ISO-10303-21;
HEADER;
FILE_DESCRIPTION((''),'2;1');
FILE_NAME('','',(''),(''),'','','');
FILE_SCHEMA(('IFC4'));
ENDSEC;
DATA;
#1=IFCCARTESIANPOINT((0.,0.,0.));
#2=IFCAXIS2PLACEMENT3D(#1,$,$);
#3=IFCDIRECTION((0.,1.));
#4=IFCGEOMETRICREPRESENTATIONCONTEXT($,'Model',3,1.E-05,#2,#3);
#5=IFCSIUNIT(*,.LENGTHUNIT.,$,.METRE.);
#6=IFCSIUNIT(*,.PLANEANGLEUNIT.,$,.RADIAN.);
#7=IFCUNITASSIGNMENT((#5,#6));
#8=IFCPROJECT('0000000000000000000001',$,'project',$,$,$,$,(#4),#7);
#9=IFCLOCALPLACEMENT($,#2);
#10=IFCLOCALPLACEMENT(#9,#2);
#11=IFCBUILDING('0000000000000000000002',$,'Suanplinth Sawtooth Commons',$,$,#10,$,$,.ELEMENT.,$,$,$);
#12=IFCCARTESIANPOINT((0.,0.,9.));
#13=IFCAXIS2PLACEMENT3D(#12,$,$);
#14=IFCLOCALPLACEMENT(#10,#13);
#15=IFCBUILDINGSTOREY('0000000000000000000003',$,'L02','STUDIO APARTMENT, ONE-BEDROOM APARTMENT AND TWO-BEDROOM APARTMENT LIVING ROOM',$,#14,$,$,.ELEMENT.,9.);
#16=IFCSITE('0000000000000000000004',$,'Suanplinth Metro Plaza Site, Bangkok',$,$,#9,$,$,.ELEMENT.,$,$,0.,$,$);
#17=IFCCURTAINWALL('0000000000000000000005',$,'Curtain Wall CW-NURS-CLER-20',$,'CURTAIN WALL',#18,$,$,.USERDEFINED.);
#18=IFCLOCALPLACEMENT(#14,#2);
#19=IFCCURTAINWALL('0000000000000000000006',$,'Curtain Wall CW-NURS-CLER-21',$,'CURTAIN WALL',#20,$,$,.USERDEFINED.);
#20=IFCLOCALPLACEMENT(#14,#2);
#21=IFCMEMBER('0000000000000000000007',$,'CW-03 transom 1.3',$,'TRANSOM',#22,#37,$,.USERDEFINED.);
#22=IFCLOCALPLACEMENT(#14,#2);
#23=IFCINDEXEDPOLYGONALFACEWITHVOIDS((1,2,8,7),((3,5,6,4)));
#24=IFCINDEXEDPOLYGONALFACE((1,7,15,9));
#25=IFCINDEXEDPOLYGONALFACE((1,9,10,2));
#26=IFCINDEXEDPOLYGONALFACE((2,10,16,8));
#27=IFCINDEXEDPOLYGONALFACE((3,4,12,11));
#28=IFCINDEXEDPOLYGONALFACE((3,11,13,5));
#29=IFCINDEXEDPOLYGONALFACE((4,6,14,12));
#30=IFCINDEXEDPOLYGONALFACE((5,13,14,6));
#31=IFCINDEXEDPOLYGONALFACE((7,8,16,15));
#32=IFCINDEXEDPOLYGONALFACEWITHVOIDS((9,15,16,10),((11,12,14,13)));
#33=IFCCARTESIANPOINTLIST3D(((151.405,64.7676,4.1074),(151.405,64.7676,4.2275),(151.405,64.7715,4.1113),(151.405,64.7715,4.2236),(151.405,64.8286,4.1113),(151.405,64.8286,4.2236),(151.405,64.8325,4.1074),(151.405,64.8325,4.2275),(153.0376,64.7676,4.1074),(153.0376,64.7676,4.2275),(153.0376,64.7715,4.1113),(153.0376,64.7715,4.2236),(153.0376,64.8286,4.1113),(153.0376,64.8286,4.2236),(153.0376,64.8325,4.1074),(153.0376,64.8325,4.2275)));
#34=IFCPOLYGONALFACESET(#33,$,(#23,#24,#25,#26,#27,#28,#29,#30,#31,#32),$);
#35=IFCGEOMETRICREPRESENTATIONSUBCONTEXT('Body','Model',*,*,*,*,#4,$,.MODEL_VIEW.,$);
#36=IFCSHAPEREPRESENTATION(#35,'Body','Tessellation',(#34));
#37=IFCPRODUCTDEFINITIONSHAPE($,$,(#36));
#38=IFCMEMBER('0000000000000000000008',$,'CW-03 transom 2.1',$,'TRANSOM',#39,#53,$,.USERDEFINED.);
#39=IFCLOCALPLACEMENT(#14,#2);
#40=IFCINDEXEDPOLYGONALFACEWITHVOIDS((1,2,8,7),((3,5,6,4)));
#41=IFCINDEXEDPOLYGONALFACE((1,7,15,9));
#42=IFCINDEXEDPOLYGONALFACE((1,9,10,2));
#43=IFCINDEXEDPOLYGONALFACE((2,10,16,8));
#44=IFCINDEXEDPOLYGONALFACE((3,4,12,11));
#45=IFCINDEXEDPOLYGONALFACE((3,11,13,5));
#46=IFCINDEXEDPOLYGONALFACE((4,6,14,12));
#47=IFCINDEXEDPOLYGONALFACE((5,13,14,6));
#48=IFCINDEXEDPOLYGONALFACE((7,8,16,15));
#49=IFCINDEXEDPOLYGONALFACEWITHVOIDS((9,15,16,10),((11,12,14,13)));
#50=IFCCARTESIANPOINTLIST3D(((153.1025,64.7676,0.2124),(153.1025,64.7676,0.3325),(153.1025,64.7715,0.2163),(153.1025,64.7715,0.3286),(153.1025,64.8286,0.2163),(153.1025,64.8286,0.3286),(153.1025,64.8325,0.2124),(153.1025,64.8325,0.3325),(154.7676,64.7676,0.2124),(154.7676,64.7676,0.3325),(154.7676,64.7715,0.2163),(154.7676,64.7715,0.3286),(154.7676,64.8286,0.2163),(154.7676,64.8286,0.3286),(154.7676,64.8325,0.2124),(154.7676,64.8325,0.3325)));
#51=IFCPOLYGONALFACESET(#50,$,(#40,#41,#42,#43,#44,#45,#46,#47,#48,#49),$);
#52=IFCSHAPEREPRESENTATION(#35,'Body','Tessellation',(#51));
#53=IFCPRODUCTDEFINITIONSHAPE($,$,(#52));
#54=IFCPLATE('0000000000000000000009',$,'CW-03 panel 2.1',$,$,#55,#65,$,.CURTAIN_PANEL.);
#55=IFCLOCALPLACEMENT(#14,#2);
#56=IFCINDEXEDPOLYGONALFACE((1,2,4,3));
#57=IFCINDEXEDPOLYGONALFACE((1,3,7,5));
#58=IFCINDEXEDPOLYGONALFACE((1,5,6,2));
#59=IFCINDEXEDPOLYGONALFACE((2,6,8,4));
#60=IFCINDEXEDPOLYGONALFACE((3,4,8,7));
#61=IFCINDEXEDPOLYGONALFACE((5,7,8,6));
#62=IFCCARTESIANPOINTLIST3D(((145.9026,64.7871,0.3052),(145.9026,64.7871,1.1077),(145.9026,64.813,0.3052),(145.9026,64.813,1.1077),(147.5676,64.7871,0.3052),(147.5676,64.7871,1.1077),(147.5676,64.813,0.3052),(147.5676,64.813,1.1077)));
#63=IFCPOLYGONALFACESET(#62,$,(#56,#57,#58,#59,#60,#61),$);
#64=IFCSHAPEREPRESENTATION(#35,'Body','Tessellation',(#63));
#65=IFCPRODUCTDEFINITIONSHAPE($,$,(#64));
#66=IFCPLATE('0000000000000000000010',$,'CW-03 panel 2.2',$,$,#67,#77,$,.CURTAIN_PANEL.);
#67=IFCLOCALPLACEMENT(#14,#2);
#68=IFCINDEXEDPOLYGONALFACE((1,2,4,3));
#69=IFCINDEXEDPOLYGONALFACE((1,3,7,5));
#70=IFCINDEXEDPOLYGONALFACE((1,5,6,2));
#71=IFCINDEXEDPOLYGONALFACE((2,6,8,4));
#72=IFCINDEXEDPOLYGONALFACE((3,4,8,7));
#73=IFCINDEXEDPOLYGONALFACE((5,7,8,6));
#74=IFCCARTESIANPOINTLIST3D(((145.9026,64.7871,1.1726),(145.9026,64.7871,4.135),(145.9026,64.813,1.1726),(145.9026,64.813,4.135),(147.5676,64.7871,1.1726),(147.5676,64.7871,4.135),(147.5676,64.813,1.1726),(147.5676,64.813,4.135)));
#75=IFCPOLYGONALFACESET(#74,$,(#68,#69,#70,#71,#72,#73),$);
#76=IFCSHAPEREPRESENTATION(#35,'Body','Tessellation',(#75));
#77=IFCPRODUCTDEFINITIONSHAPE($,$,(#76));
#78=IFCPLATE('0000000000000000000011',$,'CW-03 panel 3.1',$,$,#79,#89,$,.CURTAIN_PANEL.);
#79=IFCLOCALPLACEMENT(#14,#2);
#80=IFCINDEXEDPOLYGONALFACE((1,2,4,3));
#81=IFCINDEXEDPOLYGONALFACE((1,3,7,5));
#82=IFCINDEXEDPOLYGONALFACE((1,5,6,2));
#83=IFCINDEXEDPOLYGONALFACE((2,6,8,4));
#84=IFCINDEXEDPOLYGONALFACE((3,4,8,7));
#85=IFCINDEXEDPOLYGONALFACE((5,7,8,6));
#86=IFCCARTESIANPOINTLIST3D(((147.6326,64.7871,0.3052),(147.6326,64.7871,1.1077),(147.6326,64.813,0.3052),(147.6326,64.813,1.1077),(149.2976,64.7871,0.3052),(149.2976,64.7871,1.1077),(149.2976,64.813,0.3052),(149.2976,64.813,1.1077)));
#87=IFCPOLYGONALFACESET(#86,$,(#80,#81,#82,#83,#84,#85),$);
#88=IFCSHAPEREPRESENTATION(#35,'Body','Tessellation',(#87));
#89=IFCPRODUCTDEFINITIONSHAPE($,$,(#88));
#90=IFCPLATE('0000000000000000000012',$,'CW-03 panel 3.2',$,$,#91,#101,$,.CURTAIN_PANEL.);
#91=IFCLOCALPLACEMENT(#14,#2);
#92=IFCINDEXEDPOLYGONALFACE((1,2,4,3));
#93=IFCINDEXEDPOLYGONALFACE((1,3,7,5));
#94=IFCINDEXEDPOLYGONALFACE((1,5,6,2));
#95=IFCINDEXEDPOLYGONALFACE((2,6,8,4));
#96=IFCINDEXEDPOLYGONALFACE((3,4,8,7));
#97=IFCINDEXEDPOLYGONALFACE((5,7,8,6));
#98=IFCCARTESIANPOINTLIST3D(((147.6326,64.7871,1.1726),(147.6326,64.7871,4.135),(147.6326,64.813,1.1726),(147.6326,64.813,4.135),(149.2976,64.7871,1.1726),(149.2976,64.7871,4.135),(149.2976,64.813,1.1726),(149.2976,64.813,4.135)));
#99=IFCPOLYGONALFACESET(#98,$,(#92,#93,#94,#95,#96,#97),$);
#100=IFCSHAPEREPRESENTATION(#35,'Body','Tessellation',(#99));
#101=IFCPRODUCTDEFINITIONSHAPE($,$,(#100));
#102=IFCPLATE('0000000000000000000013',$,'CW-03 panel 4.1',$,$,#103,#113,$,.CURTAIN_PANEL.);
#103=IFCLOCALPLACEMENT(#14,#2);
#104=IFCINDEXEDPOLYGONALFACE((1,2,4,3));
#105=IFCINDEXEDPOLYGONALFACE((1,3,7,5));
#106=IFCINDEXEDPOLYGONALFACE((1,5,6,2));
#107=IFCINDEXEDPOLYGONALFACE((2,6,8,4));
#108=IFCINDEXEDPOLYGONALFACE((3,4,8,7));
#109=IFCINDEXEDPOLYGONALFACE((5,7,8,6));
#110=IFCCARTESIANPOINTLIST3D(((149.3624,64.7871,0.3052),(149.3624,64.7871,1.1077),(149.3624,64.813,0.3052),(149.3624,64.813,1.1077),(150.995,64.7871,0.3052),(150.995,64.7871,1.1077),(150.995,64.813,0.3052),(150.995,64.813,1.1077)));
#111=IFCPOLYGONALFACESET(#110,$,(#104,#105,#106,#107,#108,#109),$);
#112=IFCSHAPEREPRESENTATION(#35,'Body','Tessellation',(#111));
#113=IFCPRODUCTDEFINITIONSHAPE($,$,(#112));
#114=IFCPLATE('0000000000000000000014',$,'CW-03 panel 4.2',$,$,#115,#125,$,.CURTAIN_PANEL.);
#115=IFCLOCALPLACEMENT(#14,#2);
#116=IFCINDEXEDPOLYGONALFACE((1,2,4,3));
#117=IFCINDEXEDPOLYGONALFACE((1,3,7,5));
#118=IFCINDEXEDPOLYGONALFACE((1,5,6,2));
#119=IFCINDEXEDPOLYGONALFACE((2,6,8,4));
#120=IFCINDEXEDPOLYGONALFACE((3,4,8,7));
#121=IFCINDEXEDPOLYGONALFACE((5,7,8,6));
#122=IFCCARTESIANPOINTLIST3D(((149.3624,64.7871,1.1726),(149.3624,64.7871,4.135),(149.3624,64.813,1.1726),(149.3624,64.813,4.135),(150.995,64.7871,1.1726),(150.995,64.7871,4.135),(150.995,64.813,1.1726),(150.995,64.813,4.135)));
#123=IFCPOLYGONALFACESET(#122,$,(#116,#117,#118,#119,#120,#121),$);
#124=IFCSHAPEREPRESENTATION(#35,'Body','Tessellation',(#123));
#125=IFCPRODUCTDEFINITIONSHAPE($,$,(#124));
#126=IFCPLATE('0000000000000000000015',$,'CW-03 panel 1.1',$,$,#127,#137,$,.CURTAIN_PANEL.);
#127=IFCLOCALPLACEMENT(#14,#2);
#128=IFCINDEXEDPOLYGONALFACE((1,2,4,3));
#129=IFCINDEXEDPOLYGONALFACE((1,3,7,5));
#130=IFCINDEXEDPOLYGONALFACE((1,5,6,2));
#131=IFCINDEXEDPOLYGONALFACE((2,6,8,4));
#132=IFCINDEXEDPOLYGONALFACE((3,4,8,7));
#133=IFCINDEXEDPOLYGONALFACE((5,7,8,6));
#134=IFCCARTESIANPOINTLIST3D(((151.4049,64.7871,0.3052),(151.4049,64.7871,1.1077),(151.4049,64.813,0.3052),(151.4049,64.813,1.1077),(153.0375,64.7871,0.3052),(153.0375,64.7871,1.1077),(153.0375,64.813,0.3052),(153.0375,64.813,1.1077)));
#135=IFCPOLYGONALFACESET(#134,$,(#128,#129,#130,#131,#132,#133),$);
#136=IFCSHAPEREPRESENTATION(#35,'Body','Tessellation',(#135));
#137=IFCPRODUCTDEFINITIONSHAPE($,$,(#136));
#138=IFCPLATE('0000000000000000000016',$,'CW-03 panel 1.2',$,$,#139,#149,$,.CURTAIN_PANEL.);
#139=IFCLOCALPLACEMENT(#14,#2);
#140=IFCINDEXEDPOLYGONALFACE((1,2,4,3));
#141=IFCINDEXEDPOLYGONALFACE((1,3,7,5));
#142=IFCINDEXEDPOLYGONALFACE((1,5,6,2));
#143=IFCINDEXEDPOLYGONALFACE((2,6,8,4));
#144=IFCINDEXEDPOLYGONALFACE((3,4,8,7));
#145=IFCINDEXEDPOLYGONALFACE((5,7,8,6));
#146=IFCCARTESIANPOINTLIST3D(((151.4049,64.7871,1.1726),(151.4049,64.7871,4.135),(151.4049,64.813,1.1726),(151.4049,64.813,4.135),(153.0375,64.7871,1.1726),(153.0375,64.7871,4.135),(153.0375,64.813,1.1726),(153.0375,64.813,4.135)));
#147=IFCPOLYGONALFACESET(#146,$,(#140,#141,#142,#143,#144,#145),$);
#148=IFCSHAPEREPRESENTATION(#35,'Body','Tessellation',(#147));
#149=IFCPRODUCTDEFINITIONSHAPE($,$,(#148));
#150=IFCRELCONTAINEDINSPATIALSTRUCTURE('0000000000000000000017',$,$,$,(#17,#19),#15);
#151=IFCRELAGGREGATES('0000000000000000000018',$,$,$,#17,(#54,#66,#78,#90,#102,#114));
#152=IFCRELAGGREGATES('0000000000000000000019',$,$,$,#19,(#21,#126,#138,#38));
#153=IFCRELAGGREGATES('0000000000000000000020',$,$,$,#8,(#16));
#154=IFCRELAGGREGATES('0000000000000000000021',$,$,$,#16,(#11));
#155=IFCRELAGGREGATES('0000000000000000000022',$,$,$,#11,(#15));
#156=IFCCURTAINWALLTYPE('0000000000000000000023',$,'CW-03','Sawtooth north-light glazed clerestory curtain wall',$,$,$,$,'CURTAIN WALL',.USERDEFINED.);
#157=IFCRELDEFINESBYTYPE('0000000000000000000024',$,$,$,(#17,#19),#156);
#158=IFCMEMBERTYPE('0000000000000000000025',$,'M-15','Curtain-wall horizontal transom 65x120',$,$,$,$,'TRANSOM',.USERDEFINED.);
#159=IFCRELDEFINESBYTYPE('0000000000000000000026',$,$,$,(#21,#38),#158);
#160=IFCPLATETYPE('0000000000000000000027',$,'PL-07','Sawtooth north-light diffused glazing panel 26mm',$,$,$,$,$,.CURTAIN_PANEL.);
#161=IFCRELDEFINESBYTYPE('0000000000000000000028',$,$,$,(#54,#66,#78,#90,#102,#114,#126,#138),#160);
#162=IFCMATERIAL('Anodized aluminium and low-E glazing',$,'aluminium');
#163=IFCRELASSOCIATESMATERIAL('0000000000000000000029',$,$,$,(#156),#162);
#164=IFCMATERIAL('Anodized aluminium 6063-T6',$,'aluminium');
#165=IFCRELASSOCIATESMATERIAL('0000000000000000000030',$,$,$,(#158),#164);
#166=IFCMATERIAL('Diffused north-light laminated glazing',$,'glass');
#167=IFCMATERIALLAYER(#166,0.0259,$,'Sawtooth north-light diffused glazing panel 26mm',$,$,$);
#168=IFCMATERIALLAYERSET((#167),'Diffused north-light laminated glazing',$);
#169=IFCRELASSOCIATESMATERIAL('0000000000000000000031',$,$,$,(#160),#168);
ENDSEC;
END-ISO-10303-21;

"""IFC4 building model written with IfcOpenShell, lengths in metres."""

from ifc_helpers import new_model, si_unit, direction, frame, origin, origin_2d, place, context, subcontext, project, spatial, rectangle, hollow_rectangle, extrude, material, layer, layer_set, material_profile, profile_set, type_object, element, aggregate, save


model = new_model("IFC4")

# Units and contexts
model_context = context("Model", 3, precision=1e-05, world=origin(), true_north=direction((0.0, 1.0)))
body_context = subcontext(model_context, "Body", "Model", "MODEL_VIEW")
ifc_project = project(units=[si_unit("LENGTHUNIT", "METRE"), si_unit("PLANEANGLEUNIT", "RADIAN")], contexts=[model_context])

# Site, building, storey
site_placement = place(None, origin())
site = spatial("IfcSite", under=ifc_project, at=site_placement, Name="Suanplinth Metro Plaza Site, Bangkok", CompositionType="ELEMENT", RefElevation=0.0)
building_placement = place(site_placement, origin())
building = spatial("IfcBuilding", under=site, at=building_placement, Name="Suanplinth Sawtooth Commons", CompositionType="ELEMENT")
storey_placement = place(building_placement, frame((0.0, 0.0, 9.0)))
storey = spatial("IfcBuildingStorey", under=building, at=storey_placement, Name="L02", Description="STUDIO APARTMENT, ONE-BEDROOM APARTMENT AND TWO-BEDROOM APARTMENT LIVING ROOM", CompositionType="ELEMENT", Elevation=9.0)

# Curtain walls
ifc_material_1 = material(Name="Anodized aluminium and low-E glazing", Category="aluminium")
curtain_wall_type = type_object("IfcCurtainWallType", Name="CW-03", Description="Sawtooth north-light glazed clerestory curtain wall", ElementType="CURTAIN WALL", PredefinedType="USERDEFINED", material=ifc_material_1)
curtain_wall_1_placement = place(storey_placement, origin())
curtain_wall_1 = element("IfcCurtainWall", 1, at=curtain_wall_1_placement, inside=storey, type_object=curtain_wall_type, Name="Curtain Wall CW-NURS-CLER-20", ObjectType="CURTAIN WALL", PredefinedType="USERDEFINED")
ifc_material_2 = material(Name="Anodized aluminium 6063-T6", Category="aluminium")
curtain_wall_2_placement = place(storey_placement, origin())
curtain_wall_2 = element("IfcCurtainWall", 2, at=curtain_wall_2_placement, inside=storey, type_object=curtain_wall_type, Name="Curtain Wall CW-NURS-CLER-21", ObjectType="CURTAIN WALL", PredefinedType="USERDEFINED")

# Members
ifc_material_profile_1 = material_profile(ifc_material_2, hollow_rectangle(XDim=0.0649, YDim=0.1201, WallThickness=0.0039, at=origin_2d()), Name="ALU-TRN 65x120")
ifc_profile_set_1 = profile_set([ifc_material_profile_1], Name="Anodized aluminium 6063-T6")
member_type_1 = type_object("IfcMemberType", Name="M-15", Description="Curtain-wall horizontal transom 65x120", ElementType="TRANSOM", PredefinedType="USERDEFINED", material=ifc_profile_set_1)
member_1_placement = place(storey_placement, frame((151.405, 64.8, 4.1675), z_axis=(1.0, 0.0, 0.0), x_axis=(0.0, 1.0, 0.0)))
member_1 = element("IfcMember", 3, at=member_1_placement, type_object=member_type_1, Name="CW-03 transom 1.3", ObjectType="TRANSOM", PredefinedType="USERDEFINED", context=body_context, shape_type="SweptSolid", body=[
    extrude(hollow_rectangle(XDim=0.0649, YDim=0.1201, WallThickness=0.0039, at=origin_2d()), origin(), (0.0, 0.0, 1.0), 1.6326),
])
member_2_placement = place(storey_placement, frame((153.1025, 64.8, 0.2725), z_axis=(1.0, 0.0, 0.0), x_axis=(0.0, 1.0, 0.0)))
member_2 = element("IfcMember", 4, at=member_2_placement, type_object=member_type_1, Name="CW-03 transom 2.1", ObjectType="TRANSOM", PredefinedType="USERDEFINED", context=body_context, shape_type="SweptSolid", body=[
    extrude(hollow_rectangle(XDim=0.0649, YDim=0.1201, WallThickness=0.0039, at=origin_2d()), origin(), (0.0, 0.0, 1.0), 1.665),
])

# Plates
ifc_material_3 = material(Name="Diffused north-light laminated glazing", Category="glass")
ifc_layer = layer(ifc_material_3, 0.0259, Name="Sawtooth north-light diffused glazing panel 26mm")
ifc_layer_set = layer_set([ifc_layer], Name="Diffused north-light laminated glazing")
plate_type = type_object("IfcPlateType", Name="PL-07", Description="Sawtooth north-light diffused glazing panel 26mm", PredefinedType="CURTAIN_PANEL", material=ifc_layer_set)
plate_1_placement = place(storey_placement, frame((146.7351, 64.8, 0.3052), z_axis=(0.0, 0.0, 1.0), x_axis=(1.0, 0.0, 0.0)))
plate_1 = element("IfcPlate", 5, at=plate_1_placement, type_object=plate_type, Name="CW-03 panel 2.1", PredefinedType="CURTAIN_PANEL", context=body_context, shape_type="SweptSolid", body=[
    extrude(rectangle(XDim=1.665, YDim=0.0259, at=origin_2d()), origin(), (0.0, 0.0, 1.0), 0.8025),
])
plate_2_placement = place(storey_placement, frame((146.7351, 64.8, 1.1726), z_axis=(0.0, 0.0, 1.0), x_axis=(1.0, 0.0, 0.0)))
plate_2 = element("IfcPlate", 6, at=plate_2_placement, type_object=plate_type, Name="CW-03 panel 2.2", PredefinedType="CURTAIN_PANEL", context=body_context, shape_type="SweptSolid", body=[
    extrude(rectangle(XDim=1.665, YDim=0.0259, at=origin_2d()), origin(), (0.0, 0.0, 1.0), 2.9624),
])
plate_3_placement = place(storey_placement, frame((148.4651, 64.8, 0.3052), z_axis=(0.0, 0.0, 1.0), x_axis=(1.0, 0.0, 0.0)))
plate_3 = element("IfcPlate", 7, at=plate_3_placement, type_object=plate_type, Name="CW-03 panel 3.1", PredefinedType="CURTAIN_PANEL", context=body_context, shape_type="SweptSolid", body=[
    extrude(rectangle(XDim=1.665, YDim=0.0259, at=origin_2d()), origin(), (0.0, 0.0, 1.0), 0.8025),
])
plate_4_placement = place(storey_placement, frame((148.4651, 64.8, 1.1726), z_axis=(0.0, 0.0, 1.0), x_axis=(1.0, 0.0, 0.0)))
plate_4 = element("IfcPlate", 8, at=plate_4_placement, type_object=plate_type, Name="CW-03 panel 3.2", PredefinedType="CURTAIN_PANEL", context=body_context, shape_type="SweptSolid", body=[
    extrude(rectangle(XDim=1.665, YDim=0.0259, at=origin_2d()), origin(), (0.0, 0.0, 1.0), 2.9624),
])
plate_5_placement = place(storey_placement, frame((150.1787, 64.8, 0.3052), z_axis=(0.0, 0.0, 1.0), x_axis=(1.0, 0.0, 0.0)))
plate_5 = element("IfcPlate", 9, at=plate_5_placement, type_object=plate_type, Name="CW-03 panel 4.1", PredefinedType="CURTAIN_PANEL", context=body_context, shape_type="SweptSolid", body=[
    extrude(rectangle(XDim=1.6326, YDim=0.0259, at=origin_2d()), origin(), (0.0, 0.0, 1.0), 0.8025),
])
plate_6_placement = place(storey_placement, frame((150.1787, 64.8, 1.1726), z_axis=(0.0, 0.0, 1.0), x_axis=(1.0, 0.0, 0.0)))
plate_6 = element("IfcPlate", 10, at=plate_6_placement, type_object=plate_type, Name="CW-03 panel 4.2", PredefinedType="CURTAIN_PANEL", context=body_context, shape_type="SweptSolid", body=[
    extrude(rectangle(XDim=1.6326, YDim=0.0259, at=origin_2d()), origin(), (0.0, 0.0, 1.0), 2.9624),
])
aggregate(curtain_wall_1, [plate_1, plate_2, plate_3, plate_4, plate_5, plate_6])
plate_7_placement = place(storey_placement, frame((152.2212, 64.8, 0.3052), z_axis=(0.0, 0.0, 1.0), x_axis=(1.0, 0.0, 0.0)))
plate_7 = element("IfcPlate", 11, at=plate_7_placement, type_object=plate_type, Name="CW-03 panel 1.1", PredefinedType="CURTAIN_PANEL", context=body_context, shape_type="SweptSolid", body=[
    extrude(rectangle(XDim=1.6326, YDim=0.0259, at=origin_2d()), origin(), (0.0, 0.0, 1.0), 0.8025),
])
plate_8_placement = place(storey_placement, frame((152.2212, 64.8, 1.1726), z_axis=(0.0, 0.0, 1.0), x_axis=(1.0, 0.0, 0.0)))
plate_8 = element("IfcPlate", 12, at=plate_8_placement, type_object=plate_type, Name="CW-03 panel 1.2", PredefinedType="CURTAIN_PANEL", context=body_context, shape_type="SweptSolid", body=[
    extrude(rectangle(XDim=1.6326, YDim=0.0259, at=origin_2d()), origin(), (0.0, 0.0, 1.0), 2.9624),
])
aggregate(curtain_wall_2, [member_1, plate_7, plate_8, member_2])

save(model, "model.ifc")
